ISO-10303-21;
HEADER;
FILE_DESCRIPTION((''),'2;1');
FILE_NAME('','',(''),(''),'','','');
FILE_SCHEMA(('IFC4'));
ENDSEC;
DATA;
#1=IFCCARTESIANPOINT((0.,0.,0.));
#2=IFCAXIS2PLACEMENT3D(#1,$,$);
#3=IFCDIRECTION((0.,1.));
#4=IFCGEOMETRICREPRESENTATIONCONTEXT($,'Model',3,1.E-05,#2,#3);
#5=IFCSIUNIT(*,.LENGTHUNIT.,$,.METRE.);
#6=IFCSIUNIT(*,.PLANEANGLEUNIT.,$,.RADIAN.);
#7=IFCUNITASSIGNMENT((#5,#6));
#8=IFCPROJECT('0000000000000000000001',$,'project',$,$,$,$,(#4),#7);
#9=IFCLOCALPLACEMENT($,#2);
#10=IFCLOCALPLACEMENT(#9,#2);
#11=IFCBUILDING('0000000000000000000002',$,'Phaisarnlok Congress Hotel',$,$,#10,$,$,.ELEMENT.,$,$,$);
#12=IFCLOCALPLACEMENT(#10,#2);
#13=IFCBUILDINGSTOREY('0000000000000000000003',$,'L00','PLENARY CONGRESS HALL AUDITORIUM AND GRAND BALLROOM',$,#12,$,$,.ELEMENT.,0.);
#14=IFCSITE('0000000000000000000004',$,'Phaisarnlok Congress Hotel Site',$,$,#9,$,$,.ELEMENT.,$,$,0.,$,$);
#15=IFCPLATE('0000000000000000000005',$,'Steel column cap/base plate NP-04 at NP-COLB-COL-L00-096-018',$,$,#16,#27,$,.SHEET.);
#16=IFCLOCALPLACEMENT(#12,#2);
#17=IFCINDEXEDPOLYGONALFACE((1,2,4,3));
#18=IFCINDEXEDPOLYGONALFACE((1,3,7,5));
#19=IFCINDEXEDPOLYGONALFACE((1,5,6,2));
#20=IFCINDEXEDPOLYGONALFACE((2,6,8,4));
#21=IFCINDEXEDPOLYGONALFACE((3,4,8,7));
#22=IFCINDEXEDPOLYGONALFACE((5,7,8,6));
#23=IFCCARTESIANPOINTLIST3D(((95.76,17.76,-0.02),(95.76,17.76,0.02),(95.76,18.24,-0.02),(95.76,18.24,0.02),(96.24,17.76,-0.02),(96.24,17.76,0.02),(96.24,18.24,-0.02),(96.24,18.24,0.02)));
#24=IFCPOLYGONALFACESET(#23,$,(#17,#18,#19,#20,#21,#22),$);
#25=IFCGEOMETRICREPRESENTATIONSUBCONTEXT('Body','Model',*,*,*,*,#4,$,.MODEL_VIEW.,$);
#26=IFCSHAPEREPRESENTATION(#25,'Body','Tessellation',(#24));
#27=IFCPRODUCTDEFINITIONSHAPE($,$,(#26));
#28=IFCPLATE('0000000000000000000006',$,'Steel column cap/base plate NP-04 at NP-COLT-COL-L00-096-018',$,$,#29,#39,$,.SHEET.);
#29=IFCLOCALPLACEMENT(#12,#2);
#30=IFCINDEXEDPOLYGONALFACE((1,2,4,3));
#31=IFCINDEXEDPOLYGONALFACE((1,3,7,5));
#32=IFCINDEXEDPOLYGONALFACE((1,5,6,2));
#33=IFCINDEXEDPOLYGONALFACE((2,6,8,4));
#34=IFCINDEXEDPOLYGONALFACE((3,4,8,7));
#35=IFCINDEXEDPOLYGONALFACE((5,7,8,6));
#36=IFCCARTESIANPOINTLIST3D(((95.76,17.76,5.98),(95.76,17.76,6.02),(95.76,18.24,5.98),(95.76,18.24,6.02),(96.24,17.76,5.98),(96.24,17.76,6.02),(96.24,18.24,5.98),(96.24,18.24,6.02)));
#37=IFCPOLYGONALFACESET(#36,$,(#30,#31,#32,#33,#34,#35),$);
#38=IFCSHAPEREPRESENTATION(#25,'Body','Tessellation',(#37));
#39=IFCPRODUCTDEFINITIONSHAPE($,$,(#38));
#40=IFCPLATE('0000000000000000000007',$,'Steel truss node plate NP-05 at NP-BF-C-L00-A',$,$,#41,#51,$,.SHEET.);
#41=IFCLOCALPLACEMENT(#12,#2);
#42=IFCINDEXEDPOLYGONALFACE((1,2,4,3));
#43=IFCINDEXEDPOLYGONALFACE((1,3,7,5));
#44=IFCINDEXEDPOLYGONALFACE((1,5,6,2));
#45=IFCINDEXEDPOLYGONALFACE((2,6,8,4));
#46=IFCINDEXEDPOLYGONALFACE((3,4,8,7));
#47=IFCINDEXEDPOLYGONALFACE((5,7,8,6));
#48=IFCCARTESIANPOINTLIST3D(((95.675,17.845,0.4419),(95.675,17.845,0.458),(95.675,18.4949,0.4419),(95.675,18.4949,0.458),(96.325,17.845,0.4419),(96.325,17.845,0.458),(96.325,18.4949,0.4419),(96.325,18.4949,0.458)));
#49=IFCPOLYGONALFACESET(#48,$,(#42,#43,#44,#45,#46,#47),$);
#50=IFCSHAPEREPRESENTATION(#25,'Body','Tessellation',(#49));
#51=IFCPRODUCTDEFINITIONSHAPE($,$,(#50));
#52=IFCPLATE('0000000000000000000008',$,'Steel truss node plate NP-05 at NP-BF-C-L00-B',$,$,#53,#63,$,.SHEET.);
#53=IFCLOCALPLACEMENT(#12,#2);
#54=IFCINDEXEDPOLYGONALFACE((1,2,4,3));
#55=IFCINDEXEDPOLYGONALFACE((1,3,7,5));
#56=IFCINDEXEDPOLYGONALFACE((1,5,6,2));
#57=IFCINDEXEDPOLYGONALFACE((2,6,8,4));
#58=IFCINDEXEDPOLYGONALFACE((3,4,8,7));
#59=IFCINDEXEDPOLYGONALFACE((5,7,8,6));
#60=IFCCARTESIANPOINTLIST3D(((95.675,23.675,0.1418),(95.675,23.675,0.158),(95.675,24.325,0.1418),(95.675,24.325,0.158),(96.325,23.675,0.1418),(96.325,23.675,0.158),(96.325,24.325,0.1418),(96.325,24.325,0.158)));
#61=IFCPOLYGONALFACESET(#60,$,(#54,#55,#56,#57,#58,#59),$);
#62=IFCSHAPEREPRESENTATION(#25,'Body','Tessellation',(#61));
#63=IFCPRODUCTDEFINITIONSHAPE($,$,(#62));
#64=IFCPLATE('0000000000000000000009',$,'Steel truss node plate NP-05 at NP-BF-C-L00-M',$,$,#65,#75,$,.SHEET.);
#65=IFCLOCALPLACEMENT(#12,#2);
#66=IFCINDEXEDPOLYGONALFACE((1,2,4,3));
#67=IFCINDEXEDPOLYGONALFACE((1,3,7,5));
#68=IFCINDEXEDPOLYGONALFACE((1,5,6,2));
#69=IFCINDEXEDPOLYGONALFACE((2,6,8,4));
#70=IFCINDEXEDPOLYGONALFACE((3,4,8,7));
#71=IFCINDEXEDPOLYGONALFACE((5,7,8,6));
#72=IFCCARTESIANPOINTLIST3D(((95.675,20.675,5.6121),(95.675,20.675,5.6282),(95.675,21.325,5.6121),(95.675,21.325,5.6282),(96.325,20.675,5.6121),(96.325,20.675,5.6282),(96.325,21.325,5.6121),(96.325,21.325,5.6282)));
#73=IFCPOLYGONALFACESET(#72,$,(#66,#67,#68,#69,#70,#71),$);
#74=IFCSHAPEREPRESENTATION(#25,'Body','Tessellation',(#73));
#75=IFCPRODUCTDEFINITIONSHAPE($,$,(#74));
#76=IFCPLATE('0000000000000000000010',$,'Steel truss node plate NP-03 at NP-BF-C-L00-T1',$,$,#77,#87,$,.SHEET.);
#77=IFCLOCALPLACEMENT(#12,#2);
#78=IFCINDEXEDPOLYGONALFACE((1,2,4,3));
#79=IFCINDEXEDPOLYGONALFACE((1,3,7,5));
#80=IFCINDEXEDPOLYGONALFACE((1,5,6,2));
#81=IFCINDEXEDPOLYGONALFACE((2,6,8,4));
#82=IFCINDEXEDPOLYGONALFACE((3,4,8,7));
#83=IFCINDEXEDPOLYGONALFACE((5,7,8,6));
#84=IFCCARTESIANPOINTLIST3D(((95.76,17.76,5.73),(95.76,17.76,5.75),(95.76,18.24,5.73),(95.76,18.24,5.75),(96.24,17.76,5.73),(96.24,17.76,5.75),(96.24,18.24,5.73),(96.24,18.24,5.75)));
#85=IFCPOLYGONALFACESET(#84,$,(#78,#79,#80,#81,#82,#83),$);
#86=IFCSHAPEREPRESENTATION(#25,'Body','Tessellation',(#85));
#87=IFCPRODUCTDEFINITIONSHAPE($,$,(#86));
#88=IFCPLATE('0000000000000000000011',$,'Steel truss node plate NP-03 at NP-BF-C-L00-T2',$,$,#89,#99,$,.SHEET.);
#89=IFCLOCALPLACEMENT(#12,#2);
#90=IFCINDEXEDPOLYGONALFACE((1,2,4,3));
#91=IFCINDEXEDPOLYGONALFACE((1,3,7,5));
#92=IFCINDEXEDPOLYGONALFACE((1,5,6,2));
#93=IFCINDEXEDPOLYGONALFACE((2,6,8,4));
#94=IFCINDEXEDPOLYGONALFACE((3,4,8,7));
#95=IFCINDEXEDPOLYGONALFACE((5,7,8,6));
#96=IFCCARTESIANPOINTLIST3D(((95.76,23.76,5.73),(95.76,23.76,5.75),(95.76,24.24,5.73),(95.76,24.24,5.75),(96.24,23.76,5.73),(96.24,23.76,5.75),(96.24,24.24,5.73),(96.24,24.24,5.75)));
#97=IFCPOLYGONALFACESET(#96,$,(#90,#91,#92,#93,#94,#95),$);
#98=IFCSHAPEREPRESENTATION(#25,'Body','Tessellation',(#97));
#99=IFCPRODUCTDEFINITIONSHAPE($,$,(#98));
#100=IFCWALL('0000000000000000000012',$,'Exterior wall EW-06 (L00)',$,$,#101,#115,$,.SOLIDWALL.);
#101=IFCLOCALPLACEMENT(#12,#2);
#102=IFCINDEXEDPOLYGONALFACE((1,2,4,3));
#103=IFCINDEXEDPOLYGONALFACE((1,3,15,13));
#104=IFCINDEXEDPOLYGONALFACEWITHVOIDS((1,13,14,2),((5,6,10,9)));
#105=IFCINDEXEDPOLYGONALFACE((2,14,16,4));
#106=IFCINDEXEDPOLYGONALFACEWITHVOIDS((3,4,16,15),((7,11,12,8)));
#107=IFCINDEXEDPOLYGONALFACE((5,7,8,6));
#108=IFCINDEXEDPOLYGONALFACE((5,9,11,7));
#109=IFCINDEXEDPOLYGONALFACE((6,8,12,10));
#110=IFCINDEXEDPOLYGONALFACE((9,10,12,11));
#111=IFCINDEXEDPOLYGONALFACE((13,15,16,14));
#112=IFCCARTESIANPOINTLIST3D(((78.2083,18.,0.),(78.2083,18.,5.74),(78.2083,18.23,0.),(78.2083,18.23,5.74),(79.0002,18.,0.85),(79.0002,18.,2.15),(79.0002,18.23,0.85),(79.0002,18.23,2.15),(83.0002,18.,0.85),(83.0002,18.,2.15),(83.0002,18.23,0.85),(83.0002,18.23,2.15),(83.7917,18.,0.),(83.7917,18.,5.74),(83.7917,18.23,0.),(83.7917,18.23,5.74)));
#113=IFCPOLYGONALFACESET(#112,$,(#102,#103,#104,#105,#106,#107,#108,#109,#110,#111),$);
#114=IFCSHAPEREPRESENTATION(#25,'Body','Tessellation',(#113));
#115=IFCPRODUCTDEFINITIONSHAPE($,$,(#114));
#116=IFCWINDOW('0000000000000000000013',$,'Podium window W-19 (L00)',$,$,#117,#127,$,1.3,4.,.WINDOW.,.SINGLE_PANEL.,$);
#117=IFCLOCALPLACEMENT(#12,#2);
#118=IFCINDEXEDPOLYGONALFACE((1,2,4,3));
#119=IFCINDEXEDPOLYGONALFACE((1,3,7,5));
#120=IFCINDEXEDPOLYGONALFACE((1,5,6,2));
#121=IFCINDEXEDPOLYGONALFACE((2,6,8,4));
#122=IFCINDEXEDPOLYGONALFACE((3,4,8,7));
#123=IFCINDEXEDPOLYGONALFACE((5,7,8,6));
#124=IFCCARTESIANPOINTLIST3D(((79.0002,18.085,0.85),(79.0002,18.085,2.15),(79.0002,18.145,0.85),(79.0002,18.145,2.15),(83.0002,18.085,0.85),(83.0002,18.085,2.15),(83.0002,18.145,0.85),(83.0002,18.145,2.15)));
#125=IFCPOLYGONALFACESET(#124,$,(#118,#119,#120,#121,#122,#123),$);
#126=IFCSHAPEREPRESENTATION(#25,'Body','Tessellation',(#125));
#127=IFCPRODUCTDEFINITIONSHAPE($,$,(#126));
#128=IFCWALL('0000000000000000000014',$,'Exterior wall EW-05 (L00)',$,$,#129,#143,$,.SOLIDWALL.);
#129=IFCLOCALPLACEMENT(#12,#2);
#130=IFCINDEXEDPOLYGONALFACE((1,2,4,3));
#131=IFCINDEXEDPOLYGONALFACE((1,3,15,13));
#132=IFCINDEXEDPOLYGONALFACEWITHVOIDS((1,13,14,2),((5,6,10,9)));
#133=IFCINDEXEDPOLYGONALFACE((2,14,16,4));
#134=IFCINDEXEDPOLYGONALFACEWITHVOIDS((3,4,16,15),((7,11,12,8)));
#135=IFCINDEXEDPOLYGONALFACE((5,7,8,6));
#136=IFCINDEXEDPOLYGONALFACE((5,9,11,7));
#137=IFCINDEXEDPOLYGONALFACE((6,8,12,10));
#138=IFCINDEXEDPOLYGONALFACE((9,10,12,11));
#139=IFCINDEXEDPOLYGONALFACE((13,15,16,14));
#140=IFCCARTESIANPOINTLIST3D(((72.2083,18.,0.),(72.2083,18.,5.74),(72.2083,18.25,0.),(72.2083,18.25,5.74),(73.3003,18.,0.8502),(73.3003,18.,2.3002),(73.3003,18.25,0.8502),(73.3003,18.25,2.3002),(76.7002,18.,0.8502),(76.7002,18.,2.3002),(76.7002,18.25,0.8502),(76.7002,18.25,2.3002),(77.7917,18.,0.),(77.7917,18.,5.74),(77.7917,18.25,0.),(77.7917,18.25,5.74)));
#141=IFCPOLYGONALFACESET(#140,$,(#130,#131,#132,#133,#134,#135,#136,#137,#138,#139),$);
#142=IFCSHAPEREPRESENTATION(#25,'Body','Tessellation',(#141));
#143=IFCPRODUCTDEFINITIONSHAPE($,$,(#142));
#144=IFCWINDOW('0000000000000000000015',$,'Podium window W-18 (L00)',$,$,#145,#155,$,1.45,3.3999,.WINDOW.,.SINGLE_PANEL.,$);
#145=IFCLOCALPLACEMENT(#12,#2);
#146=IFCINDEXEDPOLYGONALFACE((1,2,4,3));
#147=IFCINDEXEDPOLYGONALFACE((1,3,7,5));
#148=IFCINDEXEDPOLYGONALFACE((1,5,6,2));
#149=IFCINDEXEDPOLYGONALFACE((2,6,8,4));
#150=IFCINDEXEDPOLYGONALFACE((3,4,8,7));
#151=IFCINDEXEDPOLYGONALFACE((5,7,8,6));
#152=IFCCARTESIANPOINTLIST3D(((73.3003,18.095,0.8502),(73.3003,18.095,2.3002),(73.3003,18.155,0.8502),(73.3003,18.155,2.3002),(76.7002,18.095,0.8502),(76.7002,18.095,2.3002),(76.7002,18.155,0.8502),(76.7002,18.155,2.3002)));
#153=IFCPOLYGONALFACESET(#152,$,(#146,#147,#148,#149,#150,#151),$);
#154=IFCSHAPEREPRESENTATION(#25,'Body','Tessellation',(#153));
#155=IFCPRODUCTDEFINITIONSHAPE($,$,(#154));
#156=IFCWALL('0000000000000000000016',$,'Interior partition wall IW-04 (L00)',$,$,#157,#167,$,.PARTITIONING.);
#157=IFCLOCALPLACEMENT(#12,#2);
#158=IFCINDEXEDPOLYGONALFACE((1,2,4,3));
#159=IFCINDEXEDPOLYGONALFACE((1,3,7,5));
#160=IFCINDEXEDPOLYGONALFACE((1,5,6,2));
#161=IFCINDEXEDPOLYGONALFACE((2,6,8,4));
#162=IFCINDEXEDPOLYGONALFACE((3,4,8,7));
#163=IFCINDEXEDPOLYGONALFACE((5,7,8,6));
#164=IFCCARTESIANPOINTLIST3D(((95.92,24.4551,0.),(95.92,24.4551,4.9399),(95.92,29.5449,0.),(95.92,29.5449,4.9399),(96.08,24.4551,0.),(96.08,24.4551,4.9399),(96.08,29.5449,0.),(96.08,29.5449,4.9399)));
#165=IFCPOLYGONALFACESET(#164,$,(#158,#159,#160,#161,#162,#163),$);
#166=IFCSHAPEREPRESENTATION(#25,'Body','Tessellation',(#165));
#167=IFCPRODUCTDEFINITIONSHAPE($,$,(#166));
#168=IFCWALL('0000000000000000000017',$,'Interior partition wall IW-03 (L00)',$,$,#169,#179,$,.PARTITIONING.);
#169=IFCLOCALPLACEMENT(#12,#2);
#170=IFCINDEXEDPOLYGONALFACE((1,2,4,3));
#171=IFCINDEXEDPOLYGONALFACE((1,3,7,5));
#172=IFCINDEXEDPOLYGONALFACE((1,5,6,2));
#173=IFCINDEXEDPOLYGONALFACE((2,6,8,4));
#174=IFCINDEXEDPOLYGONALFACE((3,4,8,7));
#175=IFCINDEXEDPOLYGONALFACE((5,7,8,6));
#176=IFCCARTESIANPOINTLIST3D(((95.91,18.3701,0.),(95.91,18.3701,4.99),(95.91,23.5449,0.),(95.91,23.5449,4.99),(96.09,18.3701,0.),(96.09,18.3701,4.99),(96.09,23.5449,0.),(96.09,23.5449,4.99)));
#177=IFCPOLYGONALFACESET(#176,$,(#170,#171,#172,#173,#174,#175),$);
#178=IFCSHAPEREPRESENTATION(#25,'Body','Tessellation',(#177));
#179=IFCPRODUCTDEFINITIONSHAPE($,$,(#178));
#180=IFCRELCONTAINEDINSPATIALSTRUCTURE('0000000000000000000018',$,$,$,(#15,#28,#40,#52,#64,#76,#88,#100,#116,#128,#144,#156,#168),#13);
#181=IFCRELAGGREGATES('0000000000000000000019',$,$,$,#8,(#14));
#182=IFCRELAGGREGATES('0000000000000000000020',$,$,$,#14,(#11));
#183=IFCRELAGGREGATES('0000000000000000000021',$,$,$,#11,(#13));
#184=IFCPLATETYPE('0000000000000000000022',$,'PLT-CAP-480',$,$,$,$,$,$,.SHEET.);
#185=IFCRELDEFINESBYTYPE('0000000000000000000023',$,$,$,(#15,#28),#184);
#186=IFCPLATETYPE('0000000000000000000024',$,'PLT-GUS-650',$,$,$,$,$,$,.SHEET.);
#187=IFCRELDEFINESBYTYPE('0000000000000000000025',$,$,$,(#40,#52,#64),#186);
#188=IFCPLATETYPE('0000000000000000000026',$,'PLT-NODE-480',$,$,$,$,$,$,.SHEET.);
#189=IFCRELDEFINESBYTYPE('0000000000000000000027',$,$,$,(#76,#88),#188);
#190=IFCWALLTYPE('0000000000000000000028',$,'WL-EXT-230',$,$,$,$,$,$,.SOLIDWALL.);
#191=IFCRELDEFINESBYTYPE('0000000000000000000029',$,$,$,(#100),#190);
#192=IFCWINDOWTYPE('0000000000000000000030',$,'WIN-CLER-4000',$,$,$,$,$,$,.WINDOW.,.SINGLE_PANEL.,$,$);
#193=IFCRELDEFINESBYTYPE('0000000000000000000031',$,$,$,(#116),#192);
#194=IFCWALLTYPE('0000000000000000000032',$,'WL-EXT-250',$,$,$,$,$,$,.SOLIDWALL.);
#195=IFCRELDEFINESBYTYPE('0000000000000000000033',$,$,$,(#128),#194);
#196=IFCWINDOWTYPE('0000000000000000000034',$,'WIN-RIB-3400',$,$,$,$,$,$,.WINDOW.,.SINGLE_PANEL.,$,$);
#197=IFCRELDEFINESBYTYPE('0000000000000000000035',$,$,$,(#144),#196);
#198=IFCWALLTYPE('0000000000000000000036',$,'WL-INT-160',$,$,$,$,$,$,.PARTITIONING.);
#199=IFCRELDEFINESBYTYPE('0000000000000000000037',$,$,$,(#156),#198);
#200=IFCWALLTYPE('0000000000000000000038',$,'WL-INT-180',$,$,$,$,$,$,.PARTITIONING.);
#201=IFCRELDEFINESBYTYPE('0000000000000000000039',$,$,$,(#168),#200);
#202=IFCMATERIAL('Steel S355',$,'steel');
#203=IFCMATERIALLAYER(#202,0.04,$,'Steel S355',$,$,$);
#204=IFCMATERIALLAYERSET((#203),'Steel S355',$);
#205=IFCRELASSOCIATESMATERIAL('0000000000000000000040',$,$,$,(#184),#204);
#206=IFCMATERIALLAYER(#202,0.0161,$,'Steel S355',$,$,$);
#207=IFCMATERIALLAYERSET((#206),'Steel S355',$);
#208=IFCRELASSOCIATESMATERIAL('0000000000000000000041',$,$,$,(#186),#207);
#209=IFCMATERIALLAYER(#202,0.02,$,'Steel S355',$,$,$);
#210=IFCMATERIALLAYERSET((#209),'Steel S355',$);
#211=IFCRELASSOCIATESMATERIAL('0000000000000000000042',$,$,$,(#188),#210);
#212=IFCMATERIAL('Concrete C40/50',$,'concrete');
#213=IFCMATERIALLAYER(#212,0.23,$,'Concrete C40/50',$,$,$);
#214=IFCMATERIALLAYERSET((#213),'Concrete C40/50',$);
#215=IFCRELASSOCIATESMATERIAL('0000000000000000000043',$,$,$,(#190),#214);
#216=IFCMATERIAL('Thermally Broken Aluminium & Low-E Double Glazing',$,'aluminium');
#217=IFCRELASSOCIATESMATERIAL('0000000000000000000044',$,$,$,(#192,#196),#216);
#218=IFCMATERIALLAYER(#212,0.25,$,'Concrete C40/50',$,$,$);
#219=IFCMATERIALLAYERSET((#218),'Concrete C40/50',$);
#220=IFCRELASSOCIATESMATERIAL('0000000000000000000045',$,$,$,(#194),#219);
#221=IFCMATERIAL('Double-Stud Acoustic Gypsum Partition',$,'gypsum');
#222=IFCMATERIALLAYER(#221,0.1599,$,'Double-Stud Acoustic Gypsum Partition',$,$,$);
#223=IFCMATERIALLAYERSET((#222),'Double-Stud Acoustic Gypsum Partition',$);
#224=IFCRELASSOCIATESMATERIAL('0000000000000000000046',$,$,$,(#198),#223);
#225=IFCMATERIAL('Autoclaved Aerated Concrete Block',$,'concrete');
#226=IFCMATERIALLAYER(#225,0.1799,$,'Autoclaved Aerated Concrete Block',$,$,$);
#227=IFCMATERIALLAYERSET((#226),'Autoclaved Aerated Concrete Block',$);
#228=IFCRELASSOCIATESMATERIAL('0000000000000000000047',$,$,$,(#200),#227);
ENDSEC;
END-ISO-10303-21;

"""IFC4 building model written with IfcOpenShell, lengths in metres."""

from ifc_helpers import new_model, si_unit, direction, frame, frame_2d, origin, origin_2d, place, context, subcontext, project, spatial, rectangle, extrude, material, layer, layer_set, type_object, element, fill, save


model = new_model("IFC4")

# Units and contexts
model_context = context("Model", 3, precision=1e-05, world=origin(), true_north=direction((0.0, 1.0)))
body_context = subcontext(model_context, "Body", "Model", "MODEL_VIEW")
ifc_project = project(units=[si_unit("LENGTHUNIT", "METRE"), si_unit("PLANEANGLEUNIT", "RADIAN")], contexts=[model_context])

# Site, building, storey
site_placement = place(None, origin())
site = spatial("IfcSite", under=ifc_project, at=site_placement, Name="Phaisarnlok Congress Hotel Site", CompositionType="ELEMENT", RefElevation=0.0)
building_placement = place(site_placement, origin())
building = spatial("IfcBuilding", under=site, at=building_placement, Name="Phaisarnlok Congress Hotel", CompositionType="ELEMENT")
storey_placement = place(building_placement, origin())
storey = spatial("IfcBuildingStorey", under=building, at=storey_placement, Name="L00", Description="PLENARY CONGRESS HALL AUDITORIUM AND GRAND BALLROOM", CompositionType="ELEMENT", Elevation=0.0)

# Shared definitions
ifc_material_1 = material(Name="Steel S355", Category="steel")

# Shared definitions
ifc_material_2 = material(Name="Concrete C40/50", Category="concrete")

# Plates
ifc_layer_1 = layer(ifc_material_1, 0.04, Name="Steel S355")
ifc_layer_set_1 = layer_set([ifc_layer_1], Name="Steel S355")
plate_type_1 = type_object("IfcPlateType", Name="PLT-CAP-480", PredefinedType="SHEET", material=ifc_layer_set_1)
for number, where, z_axis, x_axis, name in (
    (1, (96.0, 18.0, -0.02), (0.0, 0.0, 1.0), (1.0, 0.0, 0.0), "Steel column cap/base plate NP-04 at NP-COLB-COL-L00-096-018"),
    (2, (96.0, 18.0, 5.98), (0.0, 0.0, 1.0), (1.0, 0.0, 0.0), "Steel column cap/base plate NP-04 at NP-COLT-COL-L00-096-018"),
):
    element("IfcPlate", number, at=place(storey_placement, frame(where, z_axis=z_axis, x_axis=x_axis)), inside=storey, type_object=plate_type_1, Name=name, PredefinedType="SHEET", context=body_context, shape_type="SweptSolid", body=[
        extrude(rectangle(XDim=0.48, YDim=0.48, at=origin_2d()), origin(), (0.0, 0.0, 1.0), 0.04),
    ])
ifc_layer_2 = layer(ifc_material_1, 0.0161, Name="Steel S355")
ifc_layer_set_2 = layer_set([ifc_layer_2], Name="Steel S355")
plate_type_2 = type_object("IfcPlateType", Name="PLT-GUS-650", PredefinedType="SHEET", material=ifc_layer_set_2)
for number, where, z_axis, x_axis, name in (
    (3, (96.0, 18.1699, 0.4419), (0.0, 0.0, 1.0), (1.0, 0.0, 0.0), "Steel truss node plate NP-05 at NP-BF-C-L00-A"),
    (4, (96.0, 24.0, 0.1418), (0.0, 0.0, 1.0), (1.0, 0.0, 0.0), "Steel truss node plate NP-05 at NP-BF-C-L00-B"),
    (5, (96.0, 21.0, 5.6121), (0.0, 0.0, 1.0), (1.0, 0.0, 0.0), "Steel truss node plate NP-05 at NP-BF-C-L00-M"),
):
    element("IfcPlate", number, at=place(storey_placement, frame(where, z_axis=z_axis, x_axis=x_axis)), inside=storey, type_object=plate_type_2, Name=name, PredefinedType="SHEET", context=body_context, shape_type="SweptSolid", body=[
        extrude(rectangle(XDim=0.6499, YDim=0.6499, at=origin_2d()), origin(), (0.0, 0.0, 1.0), 0.0161),
    ])
ifc_layer_3 = layer(ifc_material_1, 0.02, Name="Steel S355")
ifc_layer_set_3 = layer_set([ifc_layer_3], Name="Steel S355")
plate_type_3 = type_object("IfcPlateType", Name="PLT-NODE-480", PredefinedType="SHEET", material=ifc_layer_set_3)
for number, where, z_axis, x_axis, name in (
    (6, (96.0, 18.0, 5.73), (0.0, 0.0, 1.0), (1.0, 0.0, 0.0), "Steel truss node plate NP-03 at NP-BF-C-L00-T1"),
    (7, (96.0, 24.0, 5.73), (0.0, 0.0, 1.0), (1.0, 0.0, 0.0), "Steel truss node plate NP-03 at NP-BF-C-L00-T2"),
):
    element("IfcPlate", number, at=place(storey_placement, frame(where, z_axis=z_axis, x_axis=x_axis)), inside=storey, type_object=plate_type_3, Name=name, PredefinedType="SHEET", context=body_context, shape_type="SweptSolid", body=[
        extrude(rectangle(XDim=0.48, YDim=0.48, at=origin_2d()), origin(), (0.0, 0.0, 1.0), 0.02),
    ])

# Walls, openings, windows
ifc_layer_4 = layer(ifc_material_2, 0.23, Name="Concrete C40/50")
ifc_layer_set_4 = layer_set([ifc_layer_4], Name="Concrete C40/50")
wall_type_1 = type_object("IfcWallType", Name="WL-EXT-230", PredefinedType="SOLIDWALL", material=ifc_layer_set_4)
wall_1_placement = place(storey_placement, frame((78.2083, 18.115, 0.0), z_axis=(0.0, 0.0, 1.0), x_axis=(1.0, 0.0, 0.0)))
wall_1 = element("IfcWall", 8, at=wall_1_placement, inside=storey, type_object=wall_type_1, Name="Exterior wall EW-06 (L00)", PredefinedType="SOLIDWALL", context=body_context, shape_type="SweptSolid", body=[
    extrude(rectangle(XDim=5.5835, YDim=0.23, at=frame_2d((2.7917, 0.0))), origin(), (0.0, 0.0, 1.0), 5.74),
])
opening_1_placement = place(wall_1_placement, frame((0.792, 0.0, 0.8501)))
opening_1 = element("IfcOpeningElement", 9, at=opening_1_placement, cuts=wall_1, PredefinedType="OPENING", context=body_context, shape_type="SweptSolid", body=[
    extrude(rectangle(XDim=4.0, YDim=1.3, at=frame_2d((2.0, 0.6499))), frame((0.0, 0.125, 0.0), z_axis=(0.0, -1.0, 0.0), x_axis=(1.0, 0.0, 0.0)), (0.0, 0.0, 1.0), 0.25),
])
ifc_material_3 = material(Name="Thermally Broken Aluminium & Low-E Double Glazing", Category="aluminium")
window_type_1 = type_object("IfcWindowType", Name="WIN-CLER-4000", PartitioningType="SINGLE_PANEL", PredefinedType="WINDOW", material=ifc_material_3)
window_1_placement = place(opening_1_placement, origin())
window_1 = element("IfcWindow", 10, at=window_1_placement, inside=storey, type_object=window_type_1, Name="Podium window W-19 (L00)", OverallHeight=1.3, OverallWidth=4.0, PartitioningType="SINGLE_PANEL", PredefinedType="WINDOW", context=body_context, shape_type="SweptSolid", body=[
    extrude(rectangle(XDim=4.0, YDim=1.3, at=frame_2d((2.0, 0.6499))), frame((0.0, 0.03, 0.0), z_axis=(0.0, -1.0, 0.0), x_axis=(1.0, 0.0, 0.0)), (0.0, 0.0, 1.0), 0.0601),
])
fill(opening_1, window_1)
ifc_layer_5 = layer(ifc_material_2, 0.25, Name="Concrete C40/50")
ifc_layer_set_5 = layer_set([ifc_layer_5], Name="Concrete C40/50")
wall_type_2 = type_object("IfcWallType", Name="WL-EXT-250", PredefinedType="SOLIDWALL", material=ifc_layer_set_5)
wall_2_placement = place(storey_placement, frame((72.2083, 18.125, 0.0), z_axis=(0.0, 0.0, 1.0), x_axis=(1.0, 0.0, 0.0)))
wall_2 = element("IfcWall", 11, at=wall_2_placement, inside=storey, type_object=wall_type_2, Name="Exterior wall EW-05 (L00)", PredefinedType="SOLIDWALL", context=body_context, shape_type="SweptSolid", body=[
    extrude(rectangle(XDim=5.5835, YDim=0.25, at=frame_2d((2.7917, 0.0))), origin(), (0.0, 0.0, 1.0), 5.74),
])
opening_2_placement = place(wall_2_placement, frame((1.092, 0.0, 0.8501)))
opening_2 = element("IfcOpeningElement", 12, at=opening_2_placement, cuts=wall_2, PredefinedType="OPENING", context=body_context, shape_type="SweptSolid", body=[
    extrude(rectangle(XDim=3.3999, YDim=1.45, at=frame_2d((1.7, 0.7251))), frame((0.0, 0.135, 0.0), z_axis=(0.0, -1.0, 0.0), x_axis=(1.0, 0.0, 0.0)), (0.0, 0.0, 1.0), 0.27),
])
window_type_2 = type_object("IfcWindowType", Name="WIN-RIB-3400", PartitioningType="SINGLE_PANEL", PredefinedType="WINDOW", material=ifc_material_3)
window_2_placement = place(opening_2_placement, origin())
window_2 = element("IfcWindow", 13, at=window_2_placement, inside=storey, type_object=window_type_2, Name="Podium window W-18 (L00)", OverallHeight=1.45, OverallWidth=3.3999, PartitioningType="SINGLE_PANEL", PredefinedType="WINDOW", context=body_context, shape_type="SweptSolid", body=[
    extrude(rectangle(XDim=3.3999, YDim=1.45, at=frame_2d((1.7, 0.7251))), frame((0.0, 0.03, 0.0), z_axis=(0.0, -1.0, 0.0), x_axis=(1.0, 0.0, 0.0)), (0.0, 0.0, 1.0), 0.0601),
])
fill(opening_2, window_2)

# Walls
ifc_material_4 = material(Name="Double-Stud Acoustic Gypsum Partition", Category="gypsum")
ifc_layer_6 = layer(ifc_material_4, 0.1599, Name="Double-Stud Acoustic Gypsum Partition")
ifc_layer_set_6 = layer_set([ifc_layer_6], Name="Double-Stud Acoustic Gypsum Partition")
wall_type_3 = type_object("IfcWallType", Name="WL-INT-160", PredefinedType="PARTITIONING", material=ifc_layer_set_6)
wall_3_placement = place(storey_placement, frame((96.0, 24.4551, 0.0), z_axis=(0.0, 0.0, 1.0), x_axis=(0.0, 1.0, 0.0)))
element("IfcWall", 14, at=wall_3_placement, inside=storey, type_object=wall_type_3, Name="Interior partition wall IW-04 (L00)", PredefinedType="PARTITIONING", context=body_context, shape_type="SweptSolid", body=[
    extrude(rectangle(XDim=5.0898, YDim=0.1599, at=frame_2d((2.5449, 0.0))), origin(), (0.0, 0.0, 1.0), 4.9399),
])
ifc_material_5 = material(Name="Autoclaved Aerated Concrete Block", Category="concrete")
ifc_layer_7 = layer(ifc_material_5, 0.1799, Name="Autoclaved Aerated Concrete Block")
ifc_layer_set_7 = layer_set([ifc_layer_7], Name="Autoclaved Aerated Concrete Block")
wall_type_4 = type_object("IfcWallType", Name="WL-INT-180", PredefinedType="PARTITIONING", material=ifc_layer_set_7)
wall_4_placement = place(storey_placement, frame((96.0, 18.3701, 0.0), z_axis=(0.0, 0.0, 1.0), x_axis=(0.0, 1.0, 0.0)))
element("IfcWall", 15, at=wall_4_placement, inside=storey, type_object=wall_type_4, Name="Interior partition wall IW-03 (L00)", PredefinedType="PARTITIONING", context=body_context, shape_type="SweptSolid", body=[
    extrude(rectangle(XDim=5.1748, YDim=0.1799, at=frame_2d((2.5874, 0.0))), origin(), (0.0, 0.0, 1.0), 4.99),
])

save(model, "model.ifc")
